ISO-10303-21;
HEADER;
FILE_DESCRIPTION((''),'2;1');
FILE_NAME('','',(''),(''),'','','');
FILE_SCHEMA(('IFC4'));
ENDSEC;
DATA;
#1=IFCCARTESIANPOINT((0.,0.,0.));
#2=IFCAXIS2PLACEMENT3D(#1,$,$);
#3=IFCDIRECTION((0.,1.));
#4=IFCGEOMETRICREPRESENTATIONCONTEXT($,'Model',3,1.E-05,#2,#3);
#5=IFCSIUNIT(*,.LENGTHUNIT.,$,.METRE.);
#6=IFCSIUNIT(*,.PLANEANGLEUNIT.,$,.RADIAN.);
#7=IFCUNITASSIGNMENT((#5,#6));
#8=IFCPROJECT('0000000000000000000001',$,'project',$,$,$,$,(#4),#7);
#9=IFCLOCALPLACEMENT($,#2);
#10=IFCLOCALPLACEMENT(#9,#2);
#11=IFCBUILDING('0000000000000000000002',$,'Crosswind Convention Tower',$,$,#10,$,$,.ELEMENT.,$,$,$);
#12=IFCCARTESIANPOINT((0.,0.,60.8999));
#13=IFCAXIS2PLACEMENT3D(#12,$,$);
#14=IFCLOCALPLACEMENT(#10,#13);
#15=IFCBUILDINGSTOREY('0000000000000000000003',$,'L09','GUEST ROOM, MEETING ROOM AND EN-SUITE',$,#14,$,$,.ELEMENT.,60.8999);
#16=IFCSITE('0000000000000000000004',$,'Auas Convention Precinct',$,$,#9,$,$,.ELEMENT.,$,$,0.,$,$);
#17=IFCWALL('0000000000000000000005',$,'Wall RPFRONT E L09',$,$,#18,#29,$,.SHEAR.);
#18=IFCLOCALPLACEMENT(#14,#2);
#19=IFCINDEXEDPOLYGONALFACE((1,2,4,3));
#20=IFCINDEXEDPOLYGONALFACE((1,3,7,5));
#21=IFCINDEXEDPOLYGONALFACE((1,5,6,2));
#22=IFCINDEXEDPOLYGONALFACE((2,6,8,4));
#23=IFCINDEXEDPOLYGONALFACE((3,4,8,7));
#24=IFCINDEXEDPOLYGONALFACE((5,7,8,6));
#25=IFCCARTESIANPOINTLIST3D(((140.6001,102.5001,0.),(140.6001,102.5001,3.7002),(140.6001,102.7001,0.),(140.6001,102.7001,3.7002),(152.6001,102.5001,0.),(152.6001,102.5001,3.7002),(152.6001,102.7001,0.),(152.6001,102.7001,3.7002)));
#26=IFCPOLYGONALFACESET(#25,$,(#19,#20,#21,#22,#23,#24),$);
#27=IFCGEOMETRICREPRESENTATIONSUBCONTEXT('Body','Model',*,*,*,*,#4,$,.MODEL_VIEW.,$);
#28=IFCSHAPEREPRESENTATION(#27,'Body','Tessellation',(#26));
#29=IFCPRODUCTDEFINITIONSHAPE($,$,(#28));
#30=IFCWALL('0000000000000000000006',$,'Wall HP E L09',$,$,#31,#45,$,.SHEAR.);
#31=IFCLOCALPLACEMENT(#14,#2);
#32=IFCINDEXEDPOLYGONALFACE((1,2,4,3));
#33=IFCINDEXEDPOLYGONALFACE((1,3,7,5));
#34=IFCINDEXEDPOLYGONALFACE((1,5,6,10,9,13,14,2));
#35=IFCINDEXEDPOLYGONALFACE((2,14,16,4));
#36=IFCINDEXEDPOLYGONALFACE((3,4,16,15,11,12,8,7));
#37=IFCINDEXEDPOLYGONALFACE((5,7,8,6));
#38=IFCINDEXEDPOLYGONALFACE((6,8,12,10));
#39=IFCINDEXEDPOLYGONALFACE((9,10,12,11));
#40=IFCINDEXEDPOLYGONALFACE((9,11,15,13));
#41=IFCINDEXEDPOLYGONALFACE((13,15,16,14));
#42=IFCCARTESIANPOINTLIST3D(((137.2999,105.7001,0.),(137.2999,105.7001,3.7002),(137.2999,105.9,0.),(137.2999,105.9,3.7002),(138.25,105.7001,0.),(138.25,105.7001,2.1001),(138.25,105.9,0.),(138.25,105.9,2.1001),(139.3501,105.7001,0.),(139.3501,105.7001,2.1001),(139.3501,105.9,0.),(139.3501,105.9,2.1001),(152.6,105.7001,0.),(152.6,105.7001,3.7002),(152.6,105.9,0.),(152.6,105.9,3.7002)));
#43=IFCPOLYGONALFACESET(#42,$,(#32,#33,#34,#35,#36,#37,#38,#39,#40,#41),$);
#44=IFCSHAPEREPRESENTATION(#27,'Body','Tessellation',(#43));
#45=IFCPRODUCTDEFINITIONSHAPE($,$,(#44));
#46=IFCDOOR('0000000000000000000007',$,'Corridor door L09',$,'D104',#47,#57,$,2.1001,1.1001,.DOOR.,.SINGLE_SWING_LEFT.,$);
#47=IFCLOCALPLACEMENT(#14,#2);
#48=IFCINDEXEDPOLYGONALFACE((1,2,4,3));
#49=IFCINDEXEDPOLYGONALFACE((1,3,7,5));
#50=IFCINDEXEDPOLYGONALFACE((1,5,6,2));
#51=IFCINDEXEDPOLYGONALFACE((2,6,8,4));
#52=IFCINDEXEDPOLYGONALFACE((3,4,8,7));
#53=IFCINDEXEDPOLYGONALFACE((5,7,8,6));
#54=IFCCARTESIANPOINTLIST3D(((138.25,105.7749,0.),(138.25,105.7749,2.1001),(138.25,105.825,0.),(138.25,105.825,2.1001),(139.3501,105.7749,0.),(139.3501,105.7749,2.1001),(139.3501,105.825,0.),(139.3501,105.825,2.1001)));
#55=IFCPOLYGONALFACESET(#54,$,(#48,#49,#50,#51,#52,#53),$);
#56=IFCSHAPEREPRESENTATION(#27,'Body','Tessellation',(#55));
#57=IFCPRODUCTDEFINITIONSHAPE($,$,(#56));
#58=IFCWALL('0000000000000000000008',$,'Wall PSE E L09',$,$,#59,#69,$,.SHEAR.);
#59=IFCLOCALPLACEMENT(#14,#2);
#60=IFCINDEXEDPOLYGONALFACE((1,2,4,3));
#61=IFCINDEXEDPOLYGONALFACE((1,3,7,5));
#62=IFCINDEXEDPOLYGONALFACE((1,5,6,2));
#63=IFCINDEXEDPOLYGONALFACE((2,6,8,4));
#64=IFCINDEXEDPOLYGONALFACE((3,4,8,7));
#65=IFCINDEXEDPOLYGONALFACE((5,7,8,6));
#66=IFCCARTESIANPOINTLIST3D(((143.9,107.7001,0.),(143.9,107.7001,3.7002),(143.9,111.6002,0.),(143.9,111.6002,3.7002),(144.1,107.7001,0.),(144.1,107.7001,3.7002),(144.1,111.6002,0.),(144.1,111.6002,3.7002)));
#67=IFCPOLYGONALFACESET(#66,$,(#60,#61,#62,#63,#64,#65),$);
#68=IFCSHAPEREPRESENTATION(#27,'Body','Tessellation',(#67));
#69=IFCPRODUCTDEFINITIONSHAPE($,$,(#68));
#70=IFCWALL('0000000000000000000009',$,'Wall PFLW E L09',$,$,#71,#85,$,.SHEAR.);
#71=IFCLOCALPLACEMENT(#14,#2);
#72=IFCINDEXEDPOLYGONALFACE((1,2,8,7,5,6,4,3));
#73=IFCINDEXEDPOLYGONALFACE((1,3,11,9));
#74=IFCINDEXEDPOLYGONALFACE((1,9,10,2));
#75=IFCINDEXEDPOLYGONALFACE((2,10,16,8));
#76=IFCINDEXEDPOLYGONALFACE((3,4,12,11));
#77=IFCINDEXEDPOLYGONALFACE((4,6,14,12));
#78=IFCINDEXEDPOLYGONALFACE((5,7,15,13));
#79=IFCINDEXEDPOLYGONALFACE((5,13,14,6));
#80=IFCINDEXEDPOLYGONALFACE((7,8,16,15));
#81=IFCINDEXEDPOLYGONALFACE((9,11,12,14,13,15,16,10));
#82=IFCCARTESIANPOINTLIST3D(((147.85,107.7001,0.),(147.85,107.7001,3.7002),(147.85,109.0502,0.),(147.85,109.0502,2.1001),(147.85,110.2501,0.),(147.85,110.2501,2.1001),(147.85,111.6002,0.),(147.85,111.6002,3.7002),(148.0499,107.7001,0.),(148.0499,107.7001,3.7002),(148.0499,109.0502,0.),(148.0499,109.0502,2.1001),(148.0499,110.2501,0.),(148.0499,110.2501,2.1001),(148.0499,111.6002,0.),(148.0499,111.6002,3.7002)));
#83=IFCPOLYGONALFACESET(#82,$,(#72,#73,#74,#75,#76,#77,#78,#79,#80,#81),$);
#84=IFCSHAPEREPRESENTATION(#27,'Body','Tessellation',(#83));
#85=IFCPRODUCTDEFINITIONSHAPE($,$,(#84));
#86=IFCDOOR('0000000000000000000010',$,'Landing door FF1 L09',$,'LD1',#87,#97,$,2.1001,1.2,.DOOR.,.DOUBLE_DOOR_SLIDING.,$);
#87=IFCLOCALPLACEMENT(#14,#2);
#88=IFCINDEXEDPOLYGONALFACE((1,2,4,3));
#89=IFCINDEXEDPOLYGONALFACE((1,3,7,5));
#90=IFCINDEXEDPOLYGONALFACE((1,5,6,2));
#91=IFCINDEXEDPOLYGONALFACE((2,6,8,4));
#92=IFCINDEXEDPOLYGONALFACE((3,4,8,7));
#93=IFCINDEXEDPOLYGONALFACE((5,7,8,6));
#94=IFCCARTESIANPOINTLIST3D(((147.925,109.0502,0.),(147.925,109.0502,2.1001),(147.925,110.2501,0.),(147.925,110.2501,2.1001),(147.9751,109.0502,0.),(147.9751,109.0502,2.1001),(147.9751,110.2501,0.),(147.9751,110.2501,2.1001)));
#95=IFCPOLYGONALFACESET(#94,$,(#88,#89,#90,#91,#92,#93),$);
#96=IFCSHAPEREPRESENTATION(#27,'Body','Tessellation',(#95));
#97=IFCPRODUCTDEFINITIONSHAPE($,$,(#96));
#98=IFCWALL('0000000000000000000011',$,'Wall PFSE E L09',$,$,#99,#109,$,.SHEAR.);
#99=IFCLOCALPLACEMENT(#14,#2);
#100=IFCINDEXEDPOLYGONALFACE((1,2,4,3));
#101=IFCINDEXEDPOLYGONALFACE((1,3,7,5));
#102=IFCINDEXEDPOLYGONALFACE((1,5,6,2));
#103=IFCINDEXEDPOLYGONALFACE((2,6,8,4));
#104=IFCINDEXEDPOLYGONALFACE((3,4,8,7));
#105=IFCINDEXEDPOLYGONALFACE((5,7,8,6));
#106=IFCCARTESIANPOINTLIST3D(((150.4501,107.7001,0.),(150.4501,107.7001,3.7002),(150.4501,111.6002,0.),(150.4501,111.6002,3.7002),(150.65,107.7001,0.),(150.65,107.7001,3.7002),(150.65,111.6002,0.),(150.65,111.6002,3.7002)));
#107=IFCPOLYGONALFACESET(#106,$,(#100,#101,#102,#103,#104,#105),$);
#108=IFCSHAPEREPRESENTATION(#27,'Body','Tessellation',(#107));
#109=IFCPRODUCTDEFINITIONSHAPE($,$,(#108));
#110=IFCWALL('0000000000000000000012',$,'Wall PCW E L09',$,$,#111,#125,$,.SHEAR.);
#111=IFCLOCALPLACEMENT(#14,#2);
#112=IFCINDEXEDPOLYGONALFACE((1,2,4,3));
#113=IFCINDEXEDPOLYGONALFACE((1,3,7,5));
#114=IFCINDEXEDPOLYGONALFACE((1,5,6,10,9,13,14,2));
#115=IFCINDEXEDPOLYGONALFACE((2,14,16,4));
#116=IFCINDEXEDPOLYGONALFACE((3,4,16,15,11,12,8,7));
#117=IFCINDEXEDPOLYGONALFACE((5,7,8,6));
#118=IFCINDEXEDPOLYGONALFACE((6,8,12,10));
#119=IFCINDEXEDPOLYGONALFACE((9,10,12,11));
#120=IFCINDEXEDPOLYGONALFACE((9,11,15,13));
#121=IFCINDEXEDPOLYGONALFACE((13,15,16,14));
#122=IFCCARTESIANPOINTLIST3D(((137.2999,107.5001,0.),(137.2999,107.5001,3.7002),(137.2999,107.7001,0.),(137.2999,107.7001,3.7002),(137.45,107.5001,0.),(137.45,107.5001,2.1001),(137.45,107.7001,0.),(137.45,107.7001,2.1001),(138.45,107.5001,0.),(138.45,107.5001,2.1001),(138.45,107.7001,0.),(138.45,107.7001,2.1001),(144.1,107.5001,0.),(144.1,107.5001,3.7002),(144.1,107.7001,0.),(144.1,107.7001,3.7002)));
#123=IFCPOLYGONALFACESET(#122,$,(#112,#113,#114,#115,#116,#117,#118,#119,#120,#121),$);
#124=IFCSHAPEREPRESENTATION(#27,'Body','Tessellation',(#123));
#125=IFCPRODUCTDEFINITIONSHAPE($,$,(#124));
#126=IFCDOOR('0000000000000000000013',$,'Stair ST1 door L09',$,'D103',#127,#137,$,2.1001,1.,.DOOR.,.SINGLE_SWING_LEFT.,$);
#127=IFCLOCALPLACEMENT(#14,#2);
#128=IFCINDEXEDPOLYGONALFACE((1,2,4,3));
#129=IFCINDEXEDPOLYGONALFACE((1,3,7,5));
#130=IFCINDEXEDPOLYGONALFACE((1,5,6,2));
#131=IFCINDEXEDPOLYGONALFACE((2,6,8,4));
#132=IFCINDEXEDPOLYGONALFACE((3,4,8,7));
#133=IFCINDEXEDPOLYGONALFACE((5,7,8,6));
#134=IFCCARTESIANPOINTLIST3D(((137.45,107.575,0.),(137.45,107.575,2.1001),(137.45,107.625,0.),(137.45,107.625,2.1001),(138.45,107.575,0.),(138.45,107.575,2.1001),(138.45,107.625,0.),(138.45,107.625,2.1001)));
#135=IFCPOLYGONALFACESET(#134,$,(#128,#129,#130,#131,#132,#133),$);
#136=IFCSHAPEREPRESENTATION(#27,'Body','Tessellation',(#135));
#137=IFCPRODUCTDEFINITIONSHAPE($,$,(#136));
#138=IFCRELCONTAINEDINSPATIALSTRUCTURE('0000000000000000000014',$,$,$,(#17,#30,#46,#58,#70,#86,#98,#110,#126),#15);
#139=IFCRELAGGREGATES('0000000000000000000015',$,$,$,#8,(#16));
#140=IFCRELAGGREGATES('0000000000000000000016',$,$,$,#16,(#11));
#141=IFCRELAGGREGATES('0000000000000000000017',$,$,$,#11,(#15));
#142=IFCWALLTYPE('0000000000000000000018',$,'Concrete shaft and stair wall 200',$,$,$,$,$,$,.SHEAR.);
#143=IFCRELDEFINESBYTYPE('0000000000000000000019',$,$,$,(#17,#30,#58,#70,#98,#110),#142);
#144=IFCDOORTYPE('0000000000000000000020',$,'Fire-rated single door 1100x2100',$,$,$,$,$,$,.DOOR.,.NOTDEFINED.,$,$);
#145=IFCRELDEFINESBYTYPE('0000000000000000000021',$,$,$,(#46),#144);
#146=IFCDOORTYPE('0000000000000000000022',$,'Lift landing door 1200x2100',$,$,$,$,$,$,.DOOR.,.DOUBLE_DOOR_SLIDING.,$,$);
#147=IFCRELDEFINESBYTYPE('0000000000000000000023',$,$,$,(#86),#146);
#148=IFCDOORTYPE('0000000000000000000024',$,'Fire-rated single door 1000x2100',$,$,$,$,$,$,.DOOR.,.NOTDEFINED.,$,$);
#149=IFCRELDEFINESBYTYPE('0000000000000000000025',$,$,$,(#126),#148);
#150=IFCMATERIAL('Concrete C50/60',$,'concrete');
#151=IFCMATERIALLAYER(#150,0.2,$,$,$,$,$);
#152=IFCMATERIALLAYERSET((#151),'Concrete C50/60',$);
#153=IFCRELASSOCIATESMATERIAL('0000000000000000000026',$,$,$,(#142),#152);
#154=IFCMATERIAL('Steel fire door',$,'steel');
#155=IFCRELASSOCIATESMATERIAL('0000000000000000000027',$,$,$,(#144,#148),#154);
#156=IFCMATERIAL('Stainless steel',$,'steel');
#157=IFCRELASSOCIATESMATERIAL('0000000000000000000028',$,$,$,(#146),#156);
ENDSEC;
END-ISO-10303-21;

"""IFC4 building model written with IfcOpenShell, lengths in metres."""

from ifc_helpers import new_model, si_unit, direction, frame, frame_2d, origin, place, context, subcontext, project, spatial, rectangle, extrude, material, layer, layer_set, type_object, element, fill, save


model = new_model("IFC4")

# Units and contexts
model_context = context("Model", 3, precision=1e-05, world=origin(), true_north=direction((0.0, 1.0)))
body_context = subcontext(model_context, "Body", "Model", "MODEL_VIEW")
ifc_project = project(units=[si_unit("LENGTHUNIT", "METRE"), si_unit("PLANEANGLEUNIT", "RADIAN")], contexts=[model_context])

# Site, building, storey
site_placement = place(None, origin())
site = spatial("IfcSite", under=ifc_project, at=site_placement, Name="Auas Convention Precinct", CompositionType="ELEMENT", RefElevation=0.0)
building_placement = place(site_placement, origin())
building = spatial("IfcBuilding", under=site, at=building_placement, Name="Crosswind Convention Tower", CompositionType="ELEMENT")
storey_placement = place(building_placement, frame((0.0, 0.0, 60.8999)))
storey = spatial("IfcBuildingStorey", under=building, at=storey_placement, Name="L09", Description="GUEST ROOM, MEETING ROOM AND EN-SUITE", CompositionType="ELEMENT", Elevation=60.8999)

# Wall
ifc_material_1 = material(Name="Concrete C50/60", Category="concrete")
ifc_layer_1 = layer(ifc_material_1, 0.2)
ifc_layer_set_1 = layer_set([ifc_layer_1], Name="Concrete C50/60")
wall_type_1 = type_object("IfcWallType", Name="Concrete shaft and stair wall 200", PredefinedType="SHEAR", material=ifc_layer_set_1)
wall_1_placement = place(storey_placement, frame((140.6001, 102.6001, 0.0), z_axis=(0.0, 0.0, 1.0), x_axis=(1.0, 0.0, 0.0)))
element("IfcWall", 1, at=wall_1_placement, inside=storey, type_object=wall_type_1, Name="Wall RPFRONT E L09", PredefinedType="SHEAR", context=body_context, shape_type="SweptSolid", body=[
    extrude(rectangle(XDim=12.0, YDim=0.2, at=frame_2d((6.0, 0.0))), origin(), (0.0, 0.0, 1.0), 3.7002),
])

# Wall, opening, door
wall_2_placement = place(storey_placement, frame((137.3, 105.8, 0.0), z_axis=(0.0, 0.0, 1.0), x_axis=(1.0, 0.0, 0.0)))
wall_2 = element("IfcWall", 2, at=wall_2_placement, inside=storey, type_object=wall_type_1, Name="Wall HP E L09", PredefinedType="SHEAR", context=body_context, shape_type="SweptSolid", body=[
    extrude(rectangle(XDim=15.3, YDim=0.2, at=frame_2d((7.6499, 0.0))), origin(), (0.0, 0.0, 1.0), 3.7002),
])
opening_1_placement = place(wall_2_placement, frame((0.95, 0.0, 0.0)))
opening_1 = element("IfcOpeningElement", 3, at=opening_1_placement, cuts=wall_2, PredefinedType="OPENING", context=body_context, shape_type="SweptSolid", body=[
    extrude(rectangle(XDim=1.1001, YDim=2.1001, at=frame_2d((0.55, 1.05))), frame((0.0, 0.1099, 0.0), z_axis=(0.0, -1.0, 0.0), x_axis=(1.0, 0.0, 0.0)), (0.0, 0.0, 1.0), 0.22),
])
ifc_material_2 = material(Name="Steel fire door", Category="steel")
door_type_1 = type_object("IfcDoorType", Name="Fire-rated single door 1100x2100", OperationType="NOTDEFINED", PredefinedType="DOOR", material=ifc_material_2)
door_1_placement = place(opening_1_placement, origin())
door_1 = element("IfcDoor", 4, at=door_1_placement, inside=storey, type_object=door_type_1, Name="Corridor door L09", ObjectType="D104", OperationType="SINGLE_SWING_LEFT", OverallHeight=2.1001, OverallWidth=1.1001, PredefinedType="DOOR", context=body_context, shape_type="SweptSolid", body=[
    extrude(rectangle(XDim=1.1001, YDim=2.1001, at=frame_2d((0.55, 1.05))), frame((0.0, 0.0249, 0.0), z_axis=(0.0, -1.0, 0.0), x_axis=(1.0, 0.0, 0.0)), (0.0, 0.0, 1.0), 0.05),
])
fill(opening_1, door_1)

# Wall
wall_3_placement = place(storey_placement, frame((144.0, 107.7, 0.0), z_axis=(0.0, 0.0, 1.0), x_axis=(0.0, 1.0, 0.0)))
element("IfcWall", 5, at=wall_3_placement, inside=storey, type_object=wall_type_1, Name="Wall PSE E L09", PredefinedType="SHEAR", context=body_context, shape_type="SweptSolid", body=[
    extrude(rectangle(XDim=3.9001, YDim=0.2, at=frame_2d((1.9502, 0.0))), origin(), (0.0, 0.0, 1.0), 3.7002),
])

# Wall, opening, door
wall_4_placement = place(storey_placement, frame((147.95, 107.7, 0.0), z_axis=(0.0, 0.0, 1.0), x_axis=(0.0, 1.0, 0.0)))
wall_4 = element("IfcWall", 6, at=wall_4_placement, inside=storey, type_object=wall_type_1, Name="Wall PFLW E L09", PredefinedType="SHEAR", context=body_context, shape_type="SweptSolid", body=[
    extrude(rectangle(XDim=3.9001, YDim=0.2, at=frame_2d((1.9502, 0.0))), origin(), (0.0, 0.0, 1.0), 3.7002),
])
opening_2_placement = place(wall_4_placement, frame((1.3501, 0.0, 0.0)))
opening_2 = element("IfcOpeningElement", 7, at=opening_2_placement, cuts=wall_4, PredefinedType="OPENING", context=body_context, shape_type="SweptSolid", body=[
    extrude(rectangle(XDim=1.2, YDim=2.1001, at=frame_2d((0.6001, 1.05))), frame((0.0, 0.1099, 0.0), z_axis=(0.0, -1.0, 0.0), x_axis=(1.0, 0.0, 0.0)), (0.0, 0.0, 1.0), 0.22),
])
ifc_material_3 = material(Name="Stainless steel", Category="steel")
door_type_2 = type_object("IfcDoorType", Name="Lift landing door 1200x2100", OperationType="DOUBLE_DOOR_SLIDING", PredefinedType="DOOR", material=ifc_material_3)
door_2_placement = place(opening_2_placement, origin())
door_2 = element("IfcDoor", 8, at=door_2_placement, inside=storey, type_object=door_type_2, Name="Landing door FF1 L09", ObjectType="LD1", OperationType="DOUBLE_DOOR_SLIDING", OverallHeight=2.1001, OverallWidth=1.2, PredefinedType="DOOR", context=body_context, shape_type="SweptSolid", body=[
    extrude(rectangle(XDim=1.2, YDim=2.1001, at=frame_2d((0.6001, 1.05))), frame((0.0, 0.0249, 0.0), z_axis=(0.0, -1.0, 0.0), x_axis=(1.0, 0.0, 0.0)), (0.0, 0.0, 1.0), 0.05),
])
fill(opening_2, door_2)

# Wall
wall_5_placement = place(storey_placement, frame((150.55, 107.7, 0.0), z_axis=(0.0, 0.0, 1.0), x_axis=(0.0, 1.0, 0.0)))
element("IfcWall", 9, at=wall_5_placement, inside=storey, type_object=wall_type_1, Name="Wall PFSE E L09", PredefinedType="SHEAR", context=body_context, shape_type="SweptSolid", body=[
    extrude(rectangle(XDim=3.9001, YDim=0.2, at=frame_2d((1.9502, 0.0))), origin(), (0.0, 0.0, 1.0), 3.7002),
])

# Wall, opening, door
wall_6_placement = place(storey_placement, frame((137.3, 107.6001, 0.0), z_axis=(0.0, 0.0, 1.0), x_axis=(1.0, 0.0, 0.0)))
wall_6 = element("IfcWall", 10, at=wall_6_placement, inside=storey, type_object=wall_type_1, Name="Wall PCW E L09", PredefinedType="SHEAR", context=body_context, shape_type="SweptSolid", body=[
    extrude(rectangle(XDim=6.8, YDim=0.2, at=frame_2d((3.3999, 0.0))), origin(), (0.0, 0.0, 1.0), 3.7002),
])
opening_3_placement = place(wall_6_placement, frame((0.1499, 0.0, 0.0)))
opening_3 = element("IfcOpeningElement", 11, at=opening_3_placement, cuts=wall_6, PredefinedType="OPENING", context=body_context, shape_type="SweptSolid", body=[
    extrude(rectangle(XDim=1.0, YDim=2.1001, at=frame_2d((0.5, 1.05))), frame((0.0, 0.1099, 0.0), z_axis=(0.0, -1.0, 0.0), x_axis=(1.0, 0.0, 0.0)), (0.0, 0.0, 1.0), 0.22),
])
door_type_3 = type_object("IfcDoorType", Name="Fire-rated single door 1000x2100", OperationType="NOTDEFINED", PredefinedType="DOOR", material=ifc_material_2)
door_3_placement = place(opening_3_placement, origin())
door_3 = element("IfcDoor", 12, at=door_3_placement, inside=storey, type_object=door_type_3, Name="Stair ST1 door L09", ObjectType="D103", OperationType="SINGLE_SWING_LEFT", OverallHeight=2.1001, OverallWidth=1.0, PredefinedType="DOOR", context=body_context, shape_type="SweptSolid", body=[
    extrude(rectangle(XDim=1.0, YDim=2.1001, at=frame_2d((0.5, 1.05))), frame((0.0, 0.0249, 0.0), z_axis=(0.0, -1.0, 0.0), x_axis=(1.0, 0.0, 0.0)), (0.0, 0.0, 1.0), 0.05),
])
fill(opening_3, door_3)

save(model, "model.ifc")
